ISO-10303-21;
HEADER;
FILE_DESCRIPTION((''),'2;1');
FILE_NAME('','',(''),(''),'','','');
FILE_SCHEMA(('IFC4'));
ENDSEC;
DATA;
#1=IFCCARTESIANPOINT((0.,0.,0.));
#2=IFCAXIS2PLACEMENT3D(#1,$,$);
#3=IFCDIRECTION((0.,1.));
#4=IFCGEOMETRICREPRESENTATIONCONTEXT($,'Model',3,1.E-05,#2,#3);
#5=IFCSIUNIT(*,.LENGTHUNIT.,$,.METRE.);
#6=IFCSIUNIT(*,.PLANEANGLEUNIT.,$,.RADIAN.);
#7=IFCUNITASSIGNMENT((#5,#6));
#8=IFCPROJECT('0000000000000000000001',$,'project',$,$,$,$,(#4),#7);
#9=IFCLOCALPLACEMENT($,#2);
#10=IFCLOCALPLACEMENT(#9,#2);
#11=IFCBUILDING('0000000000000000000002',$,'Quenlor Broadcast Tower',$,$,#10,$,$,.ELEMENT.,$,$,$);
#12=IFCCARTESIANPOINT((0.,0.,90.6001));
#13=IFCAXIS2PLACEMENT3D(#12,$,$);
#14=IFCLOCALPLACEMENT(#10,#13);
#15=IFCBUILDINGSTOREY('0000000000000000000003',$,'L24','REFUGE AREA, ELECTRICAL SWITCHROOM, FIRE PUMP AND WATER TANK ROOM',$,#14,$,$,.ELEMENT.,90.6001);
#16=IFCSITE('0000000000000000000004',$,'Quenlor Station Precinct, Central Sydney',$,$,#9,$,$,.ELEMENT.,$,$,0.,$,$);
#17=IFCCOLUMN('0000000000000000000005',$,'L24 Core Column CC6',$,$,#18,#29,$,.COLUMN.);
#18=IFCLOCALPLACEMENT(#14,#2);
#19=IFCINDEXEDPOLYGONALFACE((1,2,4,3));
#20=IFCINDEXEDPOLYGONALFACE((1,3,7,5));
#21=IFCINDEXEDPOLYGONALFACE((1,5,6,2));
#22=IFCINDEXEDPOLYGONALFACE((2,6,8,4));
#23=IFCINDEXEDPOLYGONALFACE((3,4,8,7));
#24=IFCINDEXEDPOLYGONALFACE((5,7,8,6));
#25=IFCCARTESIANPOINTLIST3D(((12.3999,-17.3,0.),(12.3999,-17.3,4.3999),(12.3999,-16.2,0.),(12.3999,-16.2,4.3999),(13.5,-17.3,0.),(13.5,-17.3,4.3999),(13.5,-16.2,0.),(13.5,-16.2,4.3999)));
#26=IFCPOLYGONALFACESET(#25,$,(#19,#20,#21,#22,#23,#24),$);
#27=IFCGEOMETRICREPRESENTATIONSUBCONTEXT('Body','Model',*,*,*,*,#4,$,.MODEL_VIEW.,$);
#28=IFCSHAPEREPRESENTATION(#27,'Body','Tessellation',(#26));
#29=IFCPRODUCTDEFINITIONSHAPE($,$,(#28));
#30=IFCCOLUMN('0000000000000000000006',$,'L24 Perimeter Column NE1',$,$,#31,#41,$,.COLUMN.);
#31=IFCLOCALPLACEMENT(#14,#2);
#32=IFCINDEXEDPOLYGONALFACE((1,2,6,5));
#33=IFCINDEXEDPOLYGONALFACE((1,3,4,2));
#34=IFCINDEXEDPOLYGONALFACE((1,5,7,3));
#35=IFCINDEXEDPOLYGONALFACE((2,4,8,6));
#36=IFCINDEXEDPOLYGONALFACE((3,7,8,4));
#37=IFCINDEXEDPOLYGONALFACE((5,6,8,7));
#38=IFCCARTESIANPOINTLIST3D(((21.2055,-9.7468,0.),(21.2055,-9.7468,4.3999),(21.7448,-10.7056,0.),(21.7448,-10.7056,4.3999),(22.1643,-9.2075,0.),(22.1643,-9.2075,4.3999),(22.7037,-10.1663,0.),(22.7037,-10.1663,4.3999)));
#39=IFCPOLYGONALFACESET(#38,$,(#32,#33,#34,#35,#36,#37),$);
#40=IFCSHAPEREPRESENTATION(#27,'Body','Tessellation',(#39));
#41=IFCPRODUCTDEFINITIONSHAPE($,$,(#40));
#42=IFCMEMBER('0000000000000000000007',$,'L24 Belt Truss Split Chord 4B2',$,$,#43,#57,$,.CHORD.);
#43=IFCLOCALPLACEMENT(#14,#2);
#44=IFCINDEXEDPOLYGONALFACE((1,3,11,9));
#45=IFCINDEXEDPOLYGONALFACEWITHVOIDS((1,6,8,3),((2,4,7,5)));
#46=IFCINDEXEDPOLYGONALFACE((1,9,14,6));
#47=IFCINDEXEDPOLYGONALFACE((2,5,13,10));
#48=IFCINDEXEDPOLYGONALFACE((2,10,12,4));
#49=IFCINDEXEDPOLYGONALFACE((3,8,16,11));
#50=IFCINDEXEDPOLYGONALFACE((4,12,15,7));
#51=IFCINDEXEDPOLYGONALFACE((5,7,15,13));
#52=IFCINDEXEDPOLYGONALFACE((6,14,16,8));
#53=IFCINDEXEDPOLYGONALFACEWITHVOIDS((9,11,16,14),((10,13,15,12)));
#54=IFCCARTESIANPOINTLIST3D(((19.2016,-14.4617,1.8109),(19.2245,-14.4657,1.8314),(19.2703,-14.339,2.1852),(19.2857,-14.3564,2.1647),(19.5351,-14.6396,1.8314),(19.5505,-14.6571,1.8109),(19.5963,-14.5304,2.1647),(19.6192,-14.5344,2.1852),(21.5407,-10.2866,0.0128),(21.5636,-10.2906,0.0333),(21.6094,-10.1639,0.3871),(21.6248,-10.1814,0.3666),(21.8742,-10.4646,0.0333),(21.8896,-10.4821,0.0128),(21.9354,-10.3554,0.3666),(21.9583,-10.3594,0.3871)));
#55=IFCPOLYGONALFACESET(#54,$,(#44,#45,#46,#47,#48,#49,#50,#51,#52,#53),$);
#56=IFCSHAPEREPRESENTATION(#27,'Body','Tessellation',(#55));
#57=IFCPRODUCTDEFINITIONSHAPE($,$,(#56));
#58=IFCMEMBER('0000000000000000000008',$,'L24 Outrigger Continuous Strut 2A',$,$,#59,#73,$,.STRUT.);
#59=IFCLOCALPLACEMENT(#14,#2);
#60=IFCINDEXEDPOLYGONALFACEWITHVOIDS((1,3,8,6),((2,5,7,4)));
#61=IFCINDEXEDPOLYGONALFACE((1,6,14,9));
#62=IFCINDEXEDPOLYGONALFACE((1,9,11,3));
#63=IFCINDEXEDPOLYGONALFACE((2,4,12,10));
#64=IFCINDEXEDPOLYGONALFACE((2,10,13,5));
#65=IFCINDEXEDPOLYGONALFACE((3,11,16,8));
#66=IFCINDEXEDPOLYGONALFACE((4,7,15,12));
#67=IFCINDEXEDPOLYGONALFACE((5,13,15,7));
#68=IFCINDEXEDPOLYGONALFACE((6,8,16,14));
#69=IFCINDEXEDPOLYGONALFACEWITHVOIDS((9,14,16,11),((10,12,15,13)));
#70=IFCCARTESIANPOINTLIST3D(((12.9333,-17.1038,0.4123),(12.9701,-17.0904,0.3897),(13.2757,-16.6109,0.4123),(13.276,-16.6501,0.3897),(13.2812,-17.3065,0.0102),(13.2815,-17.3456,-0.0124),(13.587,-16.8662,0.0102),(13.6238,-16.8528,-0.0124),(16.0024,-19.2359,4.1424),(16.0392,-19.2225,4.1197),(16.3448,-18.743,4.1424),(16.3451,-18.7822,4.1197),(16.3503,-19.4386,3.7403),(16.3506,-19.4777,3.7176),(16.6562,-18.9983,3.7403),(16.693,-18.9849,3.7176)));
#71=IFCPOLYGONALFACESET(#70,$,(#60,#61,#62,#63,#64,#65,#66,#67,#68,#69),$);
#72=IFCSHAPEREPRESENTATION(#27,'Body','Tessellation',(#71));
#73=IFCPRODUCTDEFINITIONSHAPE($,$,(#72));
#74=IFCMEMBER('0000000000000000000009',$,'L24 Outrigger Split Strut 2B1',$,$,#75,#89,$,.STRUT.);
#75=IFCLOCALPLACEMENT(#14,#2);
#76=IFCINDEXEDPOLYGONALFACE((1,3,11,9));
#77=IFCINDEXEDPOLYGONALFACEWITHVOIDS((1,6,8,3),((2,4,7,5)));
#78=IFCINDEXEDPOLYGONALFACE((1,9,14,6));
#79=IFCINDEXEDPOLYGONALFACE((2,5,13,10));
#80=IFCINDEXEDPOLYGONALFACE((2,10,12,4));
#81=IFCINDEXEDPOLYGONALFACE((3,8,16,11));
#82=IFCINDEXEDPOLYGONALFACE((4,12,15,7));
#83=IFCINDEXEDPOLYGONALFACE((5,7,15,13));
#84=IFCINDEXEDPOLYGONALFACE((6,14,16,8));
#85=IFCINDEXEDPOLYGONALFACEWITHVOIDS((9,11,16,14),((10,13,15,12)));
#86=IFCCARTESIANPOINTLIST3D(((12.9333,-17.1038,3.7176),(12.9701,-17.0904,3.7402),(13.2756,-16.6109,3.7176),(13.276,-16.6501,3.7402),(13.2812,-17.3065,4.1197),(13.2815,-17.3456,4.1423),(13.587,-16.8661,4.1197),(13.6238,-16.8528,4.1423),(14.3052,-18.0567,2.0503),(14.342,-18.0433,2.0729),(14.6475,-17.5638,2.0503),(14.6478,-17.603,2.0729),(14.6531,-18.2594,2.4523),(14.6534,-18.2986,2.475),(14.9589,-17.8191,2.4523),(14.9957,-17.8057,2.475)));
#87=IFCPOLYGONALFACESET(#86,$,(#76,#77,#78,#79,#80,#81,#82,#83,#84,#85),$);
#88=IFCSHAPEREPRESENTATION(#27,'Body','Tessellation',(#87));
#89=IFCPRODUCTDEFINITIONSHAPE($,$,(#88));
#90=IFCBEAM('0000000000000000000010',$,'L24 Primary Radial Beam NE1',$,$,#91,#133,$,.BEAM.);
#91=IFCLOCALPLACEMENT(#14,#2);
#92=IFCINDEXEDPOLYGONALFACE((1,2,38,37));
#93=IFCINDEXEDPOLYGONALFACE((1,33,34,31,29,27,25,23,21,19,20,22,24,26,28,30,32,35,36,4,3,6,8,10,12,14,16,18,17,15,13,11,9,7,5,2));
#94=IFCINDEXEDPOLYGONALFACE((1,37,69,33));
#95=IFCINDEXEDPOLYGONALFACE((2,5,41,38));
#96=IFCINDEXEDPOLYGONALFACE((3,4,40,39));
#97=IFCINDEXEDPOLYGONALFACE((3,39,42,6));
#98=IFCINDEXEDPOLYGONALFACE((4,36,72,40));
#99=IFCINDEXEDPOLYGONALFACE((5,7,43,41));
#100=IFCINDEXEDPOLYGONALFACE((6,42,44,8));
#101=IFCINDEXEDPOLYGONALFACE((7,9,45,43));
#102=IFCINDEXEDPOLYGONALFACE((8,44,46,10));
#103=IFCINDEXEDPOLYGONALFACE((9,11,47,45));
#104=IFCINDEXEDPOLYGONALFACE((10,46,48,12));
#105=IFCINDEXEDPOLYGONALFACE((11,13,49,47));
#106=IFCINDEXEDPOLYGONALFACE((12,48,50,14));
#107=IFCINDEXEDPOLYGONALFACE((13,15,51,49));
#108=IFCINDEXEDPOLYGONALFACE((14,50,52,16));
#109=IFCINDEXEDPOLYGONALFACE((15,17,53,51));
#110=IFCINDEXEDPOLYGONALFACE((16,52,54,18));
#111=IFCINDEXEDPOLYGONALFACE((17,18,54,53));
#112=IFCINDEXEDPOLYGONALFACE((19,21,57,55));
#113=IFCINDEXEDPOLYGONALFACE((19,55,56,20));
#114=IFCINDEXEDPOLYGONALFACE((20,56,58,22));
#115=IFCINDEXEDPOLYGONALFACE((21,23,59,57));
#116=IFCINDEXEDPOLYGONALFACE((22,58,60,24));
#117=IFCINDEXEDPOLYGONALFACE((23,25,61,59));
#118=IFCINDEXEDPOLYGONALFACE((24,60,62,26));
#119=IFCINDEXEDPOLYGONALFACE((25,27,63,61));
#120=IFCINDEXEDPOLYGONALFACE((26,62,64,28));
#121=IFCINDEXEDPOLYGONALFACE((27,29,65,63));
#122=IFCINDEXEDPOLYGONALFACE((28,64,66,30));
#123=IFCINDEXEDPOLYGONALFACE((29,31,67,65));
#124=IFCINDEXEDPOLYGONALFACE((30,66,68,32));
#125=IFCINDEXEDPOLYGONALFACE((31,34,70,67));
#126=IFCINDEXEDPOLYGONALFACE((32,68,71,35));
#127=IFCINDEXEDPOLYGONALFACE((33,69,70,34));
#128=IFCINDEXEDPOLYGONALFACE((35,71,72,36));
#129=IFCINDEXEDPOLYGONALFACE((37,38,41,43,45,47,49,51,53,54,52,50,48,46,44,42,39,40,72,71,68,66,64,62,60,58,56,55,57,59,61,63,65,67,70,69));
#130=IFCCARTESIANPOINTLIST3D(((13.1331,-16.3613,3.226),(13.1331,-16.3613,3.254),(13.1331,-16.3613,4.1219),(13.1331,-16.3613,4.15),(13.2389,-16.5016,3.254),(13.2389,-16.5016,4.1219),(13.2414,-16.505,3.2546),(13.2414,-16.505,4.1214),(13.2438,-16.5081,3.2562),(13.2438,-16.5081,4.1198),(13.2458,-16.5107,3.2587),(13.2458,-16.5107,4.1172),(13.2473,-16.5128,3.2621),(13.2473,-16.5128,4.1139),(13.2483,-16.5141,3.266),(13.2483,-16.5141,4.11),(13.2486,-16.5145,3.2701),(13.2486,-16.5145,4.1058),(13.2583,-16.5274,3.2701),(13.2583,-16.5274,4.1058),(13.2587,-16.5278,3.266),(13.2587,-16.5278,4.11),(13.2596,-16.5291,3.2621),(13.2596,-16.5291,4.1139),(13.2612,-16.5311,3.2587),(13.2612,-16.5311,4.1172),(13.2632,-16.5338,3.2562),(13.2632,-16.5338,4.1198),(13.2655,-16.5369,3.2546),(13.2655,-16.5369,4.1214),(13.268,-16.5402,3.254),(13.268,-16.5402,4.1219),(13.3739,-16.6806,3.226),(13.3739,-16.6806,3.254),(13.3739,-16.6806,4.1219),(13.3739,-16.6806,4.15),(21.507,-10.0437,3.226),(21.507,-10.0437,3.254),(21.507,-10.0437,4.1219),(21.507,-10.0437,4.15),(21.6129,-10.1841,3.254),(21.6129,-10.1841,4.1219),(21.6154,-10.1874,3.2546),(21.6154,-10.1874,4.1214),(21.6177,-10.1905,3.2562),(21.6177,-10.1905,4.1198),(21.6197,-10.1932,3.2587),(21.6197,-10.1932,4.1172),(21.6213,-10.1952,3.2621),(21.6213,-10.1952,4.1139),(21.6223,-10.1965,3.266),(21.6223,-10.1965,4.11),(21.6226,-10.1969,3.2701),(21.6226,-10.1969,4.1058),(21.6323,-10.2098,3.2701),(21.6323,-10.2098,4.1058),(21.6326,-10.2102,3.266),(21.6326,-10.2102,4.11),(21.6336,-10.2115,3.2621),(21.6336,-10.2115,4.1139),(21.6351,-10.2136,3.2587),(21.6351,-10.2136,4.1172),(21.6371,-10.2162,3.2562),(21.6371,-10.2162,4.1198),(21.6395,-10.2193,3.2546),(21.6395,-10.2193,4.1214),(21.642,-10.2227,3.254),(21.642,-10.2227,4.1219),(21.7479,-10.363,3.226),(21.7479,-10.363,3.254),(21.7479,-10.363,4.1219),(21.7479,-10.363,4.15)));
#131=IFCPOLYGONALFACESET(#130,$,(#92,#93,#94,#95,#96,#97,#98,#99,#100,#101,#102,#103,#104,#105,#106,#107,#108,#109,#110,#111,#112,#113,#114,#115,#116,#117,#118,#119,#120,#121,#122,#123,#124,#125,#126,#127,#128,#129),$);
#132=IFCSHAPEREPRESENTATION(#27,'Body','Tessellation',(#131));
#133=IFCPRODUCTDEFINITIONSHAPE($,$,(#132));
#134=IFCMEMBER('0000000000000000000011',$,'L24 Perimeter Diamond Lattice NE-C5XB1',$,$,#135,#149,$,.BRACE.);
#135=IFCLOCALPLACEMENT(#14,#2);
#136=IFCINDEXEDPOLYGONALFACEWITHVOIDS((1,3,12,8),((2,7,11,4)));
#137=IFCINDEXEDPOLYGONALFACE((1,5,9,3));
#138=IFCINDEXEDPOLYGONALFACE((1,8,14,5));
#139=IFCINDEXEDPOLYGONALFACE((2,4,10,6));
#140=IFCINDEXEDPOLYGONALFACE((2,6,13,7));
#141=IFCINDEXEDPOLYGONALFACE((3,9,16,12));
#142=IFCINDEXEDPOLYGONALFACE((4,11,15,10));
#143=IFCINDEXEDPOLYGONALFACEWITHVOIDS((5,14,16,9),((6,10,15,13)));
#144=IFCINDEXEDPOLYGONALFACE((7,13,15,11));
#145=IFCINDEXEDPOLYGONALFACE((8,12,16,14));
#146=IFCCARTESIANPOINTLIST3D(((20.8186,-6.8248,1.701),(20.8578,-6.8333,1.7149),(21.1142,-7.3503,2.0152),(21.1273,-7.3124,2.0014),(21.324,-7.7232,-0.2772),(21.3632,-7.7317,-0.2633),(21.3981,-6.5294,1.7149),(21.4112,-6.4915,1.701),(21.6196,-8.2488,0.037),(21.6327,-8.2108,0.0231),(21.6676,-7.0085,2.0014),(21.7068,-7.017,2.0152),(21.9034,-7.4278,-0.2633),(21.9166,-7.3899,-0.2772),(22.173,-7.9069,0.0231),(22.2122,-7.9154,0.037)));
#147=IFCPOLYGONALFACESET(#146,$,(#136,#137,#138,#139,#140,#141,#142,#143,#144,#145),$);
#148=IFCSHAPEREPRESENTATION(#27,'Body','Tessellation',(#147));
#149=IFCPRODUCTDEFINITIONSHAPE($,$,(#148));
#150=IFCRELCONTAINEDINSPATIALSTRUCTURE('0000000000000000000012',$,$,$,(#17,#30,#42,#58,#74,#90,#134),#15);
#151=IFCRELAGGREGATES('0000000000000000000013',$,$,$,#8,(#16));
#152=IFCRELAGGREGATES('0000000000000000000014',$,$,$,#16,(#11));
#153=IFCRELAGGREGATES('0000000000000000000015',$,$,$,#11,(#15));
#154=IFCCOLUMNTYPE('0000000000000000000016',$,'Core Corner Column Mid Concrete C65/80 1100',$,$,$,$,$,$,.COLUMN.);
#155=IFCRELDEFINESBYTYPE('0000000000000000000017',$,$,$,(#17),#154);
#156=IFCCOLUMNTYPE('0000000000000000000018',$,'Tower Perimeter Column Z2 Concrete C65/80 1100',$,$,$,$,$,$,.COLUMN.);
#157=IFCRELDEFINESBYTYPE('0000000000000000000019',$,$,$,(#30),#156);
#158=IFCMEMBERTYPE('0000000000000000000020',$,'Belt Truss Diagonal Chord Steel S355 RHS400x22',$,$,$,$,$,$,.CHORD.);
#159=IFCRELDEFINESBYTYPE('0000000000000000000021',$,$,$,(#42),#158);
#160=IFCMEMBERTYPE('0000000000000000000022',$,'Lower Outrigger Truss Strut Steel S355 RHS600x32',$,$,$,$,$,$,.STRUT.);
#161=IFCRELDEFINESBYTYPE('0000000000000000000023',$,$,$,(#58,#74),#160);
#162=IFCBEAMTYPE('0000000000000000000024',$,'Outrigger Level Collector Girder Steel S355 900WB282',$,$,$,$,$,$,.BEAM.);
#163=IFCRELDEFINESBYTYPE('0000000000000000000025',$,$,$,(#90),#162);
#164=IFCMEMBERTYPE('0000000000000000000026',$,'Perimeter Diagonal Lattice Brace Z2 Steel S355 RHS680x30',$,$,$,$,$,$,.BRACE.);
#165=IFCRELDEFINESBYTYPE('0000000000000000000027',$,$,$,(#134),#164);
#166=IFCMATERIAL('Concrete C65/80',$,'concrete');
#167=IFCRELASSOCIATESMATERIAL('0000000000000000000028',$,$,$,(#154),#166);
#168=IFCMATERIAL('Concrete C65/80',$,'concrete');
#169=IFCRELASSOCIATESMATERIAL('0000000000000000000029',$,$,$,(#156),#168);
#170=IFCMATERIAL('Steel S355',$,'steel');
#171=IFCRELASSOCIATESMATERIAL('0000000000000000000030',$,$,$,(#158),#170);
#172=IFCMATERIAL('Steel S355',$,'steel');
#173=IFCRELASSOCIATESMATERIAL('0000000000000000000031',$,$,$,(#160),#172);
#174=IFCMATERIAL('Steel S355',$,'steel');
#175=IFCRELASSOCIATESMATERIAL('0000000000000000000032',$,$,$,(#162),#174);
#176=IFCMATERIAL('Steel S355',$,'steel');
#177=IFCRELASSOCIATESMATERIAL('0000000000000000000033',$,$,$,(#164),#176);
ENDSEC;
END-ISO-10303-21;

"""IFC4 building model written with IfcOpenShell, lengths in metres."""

from ifc_helpers import new_model, si_unit, direction, frame, origin, origin_2d, place, context, subcontext, project, spatial, rectangle, hollow_rectangle, i_section, extrude, material, material_profile, profile_set, type_object, element, save


model = new_model("IFC4")

# Units and contexts
model_context = context("Model", 3, precision=1e-05, world=origin(), true_north=direction((0.0, 1.0)))
body_context = subcontext(model_context, "Body", "Model", "MODEL_VIEW")
ifc_project = project(units=[si_unit("LENGTHUNIT", "METRE"), si_unit("PLANEANGLEUNIT", "RADIAN")], contexts=[model_context])

# Site, building, storey
site_placement = place(None, origin())
site = spatial("IfcSite", under=ifc_project, at=site_placement, Name="Quenlor Station Precinct, Central Sydney", CompositionType="ELEMENT", RefElevation=0.0)
building_placement = place(site_placement, origin())
building = spatial("IfcBuilding", under=site, at=building_placement, Name="Quenlor Broadcast Tower", CompositionType="ELEMENT")
storey_placement = place(building_placement, frame((0.0, 0.0, 90.6001)))
storey = spatial("IfcBuildingStorey", under=building, at=storey_placement, Name="L24", Description="REFUGE AREA, ELECTRICAL SWITCHROOM, FIRE PUMP AND WATER TANK ROOM", CompositionType="ELEMENT", Elevation=90.6001)

# Columns
ifc_material_1 = material(Name="Concrete C65/80", Category="concrete")
ifc_material_profile_1 = material_profile(ifc_material_1, rectangle(XDim=1.1001, YDim=1.1001, at=origin_2d()))
ifc_profile_set_1 = profile_set([ifc_material_profile_1], Name="Concrete C65/80 RC1100x1100")
column_type_1 = type_object("IfcColumnType", Name="Core Corner Column Mid Concrete C65/80 1100", PredefinedType="COLUMN", material=ifc_profile_set_1)
column_1_placement = place(storey_placement, frame((12.95, -16.75, 0.0), z_axis=(0.0, 0.0, 1.0), x_axis=(1.0, 0.0, 0.0)))
element("IfcColumn", 1, at=column_1_placement, inside=storey, type_object=column_type_1, Name="L24 Core Column CC6", PredefinedType="COLUMN", context=body_context, shape_type="SweptSolid", body=[
    extrude(rectangle(XDim=1.1001, YDim=1.1001, at=origin_2d()), origin(), (0.0, 0.0, 1.0), 4.3999),
])
ifc_material_2 = material(Name="Concrete C65/80", Category="concrete")
ifc_material_profile_2 = material_profile(ifc_material_2, rectangle(XDim=1.1001, YDim=1.1001, at=origin_2d()))
ifc_profile_set_2 = profile_set([ifc_material_profile_2], Name="Concrete C65/80 RC1100x1100")
column_type_2 = type_object("IfcColumnType", Name="Tower Perimeter Column Z2 Concrete C65/80 1100", PredefinedType="COLUMN", material=ifc_profile_set_2)
column_2_placement = place(storey_placement, frame((21.9546, -9.9565, 0.0), z_axis=(0.0, 0.0, 1.0), x_axis=(0.871575, 0.490262, 0.0)))
element("IfcColumn", 2, at=column_2_placement, inside=storey, type_object=column_type_2, Name="L24 Perimeter Column NE1", PredefinedType="COLUMN", context=body_context, shape_type="SweptSolid", body=[
    extrude(rectangle(XDim=1.1001, YDim=1.1001, at=origin_2d()), origin(), (0.0, 0.0, 1.0), 4.3999),
])

# Members
ifc_material_3 = material(Name="Steel S355", Category="steel")
ifc_material_profile_3 = material_profile(ifc_material_3, hollow_rectangle(XDim=0.3999, YDim=0.3999, WallThickness=0.022, at=origin_2d()))
ifc_profile_set_3 = profile_set([ifc_material_profile_3], Name="Steel S355 RHS400x400x22")
member_type_1 = type_object("IfcMemberType", Name="Belt Truss Diagonal Chord Steel S355 RHS400x22", PredefinedType="CHORD", material=ifc_profile_set_3)
member_1_placement = place(storey_placement, frame((19.4104, -14.498, 1.998), z_axis=(0.457546, 0.816667, -0.351719), x_axis=(-0.872409, 0.488776, 0.0)))
element("IfcMember", 3, at=member_1_placement, inside=storey, type_object=member_type_1, Name="L24 Belt Truss Split Chord 4B2", PredefinedType="CHORD", context=body_context, shape_type="SweptSolid", body=[
    extrude(hollow_rectangle(XDim=0.3999, YDim=0.3999, WallThickness=0.022, at=origin_2d()), origin(), (0.0, 0.0, 1.0), 5.1123),
])
ifc_material_4 = material(Name="Steel S355", Category="steel")
ifc_material_profile_4 = material_profile(ifc_material_4, hollow_rectangle(XDim=0.6001, YDim=0.6001, WallThickness=0.032, at=origin_2d()))
ifc_profile_set_4 = profile_set([ifc_material_profile_4], Name="Steel S355 RHS600x600x32")
member_type_2 = type_object("IfcMemberType", Name="Lower Outrigger Truss Strut Steel S355 RHS600x32", PredefinedType="STRUT", material=ifc_profile_set_4)
member_2_placement = place(storey_placement, frame((13.2786, -16.9783, 0.2), z_axis=(0.581273, -0.403807, 0.706443), x_axis=(0.570534, 0.821274, 0.0)))
element("IfcMember", 4, at=member_2_placement, inside=storey, type_object=member_type_2, Name="L24 Outrigger Continuous Strut 2A", PredefinedType="STRUT", context=body_context, shape_type="SweptSolid", body=[
    extrude(hollow_rectangle(XDim=0.6001, YDim=0.6001, WallThickness=0.032, at=origin_2d()), origin(), (0.0, 0.0, 1.0), 5.28),
])
member_3_placement = place(storey_placement, frame((13.2786, -16.9783, 3.9299), z_axis=(0.581284, -0.403764, -0.706458), x_axis=(0.570486, 0.821307, 0.0)))
element("IfcMember", 5, at=member_3_placement, inside=storey, type_object=member_type_2, Name="L24 Outrigger Split Strut 2B1", PredefinedType="STRUT", context=body_context, shape_type="SweptSolid", body=[
    extrude(hollow_rectangle(XDim=0.6001, YDim=0.6001, WallThickness=0.032, at=origin_2d()), origin(), (0.0, 0.0, 1.0), 2.3601),
])

# Beam
ifc_material_5 = material(Name="Steel S355", Category="steel")
ifc_material_profile_5 = material_profile(ifc_material_5, i_section(OverallWidth=0.3999, OverallDepth=0.9241, WebThickness=0.0161, FlangeThickness=0.0281, FilletRadius=0.0161, at=origin_2d()))
ifc_profile_set_5 = profile_set([ifc_material_profile_5], Name="Steel S355 900WB282")
beam_type_1 = type_object("IfcBeamType", Name="Outrigger Level Collector Girder Steel S355 900WB282", PredefinedType="BEAM", material=ifc_profile_set_5)
beam_1_placement = place(storey_placement, frame((21.6274, -10.2034, 3.688), z_axis=(-0.798299, -0.602262, 0.0), x_axis=(0.602262, -0.798299, 0.0)))
element("IfcBeam", 6, at=beam_1_placement, inside=storey, type_object=beam_type_1, Name="L24 Primary Radial Beam NE1", PredefinedType="BEAM", context=body_context, shape_type="SweptSolid", body=[
    extrude(i_section(OverallWidth=0.3999, OverallDepth=0.9241, WebThickness=0.0161, FlangeThickness=0.0281, FilletRadius=0.0161, at=origin_2d()), origin(), (0.0, 0.0, 1.0), 10.4897),
])

# Member
ifc_material_6 = material(Name="Steel S355", Category="steel")
ifc_material_profile_6 = material_profile(ifc_material_6, hollow_rectangle(XDim=0.6799, YDim=0.6799, WallThickness=0.03, at=origin_2d()))
ifc_profile_set_6 = profile_set([ifc_material_profile_6], Name="Steel S355 RHS680x680x30")
member_type_3 = type_object("IfcMemberType", Name="Perimeter Diagonal Lattice Brace Z2 Steel S355 RHS680x30", PredefinedType="BRACE", material=ifc_profile_set_6)
member_4_placement = place(storey_placement, frame((21.7681, -7.8193, -0.1201), z_axis=(-0.22655, 0.402755, 0.886828), x_axis=(-0.871576, -0.490261, 0.0)))
element("IfcMember", 7, at=member_4_placement, inside=storey, type_object=member_type_3, Name="L24 Perimeter Diamond Lattice NE-C5XB1", PredefinedType="BRACE", context=body_context, shape_type="SweptSolid", body=[
    extrude(hollow_rectangle(XDim=0.6799, YDim=0.6799, WallThickness=0.03, at=origin_2d()), origin(), (0.0, 0.0, 1.0), 2.2307),
])

save(model, "model.ifc")
